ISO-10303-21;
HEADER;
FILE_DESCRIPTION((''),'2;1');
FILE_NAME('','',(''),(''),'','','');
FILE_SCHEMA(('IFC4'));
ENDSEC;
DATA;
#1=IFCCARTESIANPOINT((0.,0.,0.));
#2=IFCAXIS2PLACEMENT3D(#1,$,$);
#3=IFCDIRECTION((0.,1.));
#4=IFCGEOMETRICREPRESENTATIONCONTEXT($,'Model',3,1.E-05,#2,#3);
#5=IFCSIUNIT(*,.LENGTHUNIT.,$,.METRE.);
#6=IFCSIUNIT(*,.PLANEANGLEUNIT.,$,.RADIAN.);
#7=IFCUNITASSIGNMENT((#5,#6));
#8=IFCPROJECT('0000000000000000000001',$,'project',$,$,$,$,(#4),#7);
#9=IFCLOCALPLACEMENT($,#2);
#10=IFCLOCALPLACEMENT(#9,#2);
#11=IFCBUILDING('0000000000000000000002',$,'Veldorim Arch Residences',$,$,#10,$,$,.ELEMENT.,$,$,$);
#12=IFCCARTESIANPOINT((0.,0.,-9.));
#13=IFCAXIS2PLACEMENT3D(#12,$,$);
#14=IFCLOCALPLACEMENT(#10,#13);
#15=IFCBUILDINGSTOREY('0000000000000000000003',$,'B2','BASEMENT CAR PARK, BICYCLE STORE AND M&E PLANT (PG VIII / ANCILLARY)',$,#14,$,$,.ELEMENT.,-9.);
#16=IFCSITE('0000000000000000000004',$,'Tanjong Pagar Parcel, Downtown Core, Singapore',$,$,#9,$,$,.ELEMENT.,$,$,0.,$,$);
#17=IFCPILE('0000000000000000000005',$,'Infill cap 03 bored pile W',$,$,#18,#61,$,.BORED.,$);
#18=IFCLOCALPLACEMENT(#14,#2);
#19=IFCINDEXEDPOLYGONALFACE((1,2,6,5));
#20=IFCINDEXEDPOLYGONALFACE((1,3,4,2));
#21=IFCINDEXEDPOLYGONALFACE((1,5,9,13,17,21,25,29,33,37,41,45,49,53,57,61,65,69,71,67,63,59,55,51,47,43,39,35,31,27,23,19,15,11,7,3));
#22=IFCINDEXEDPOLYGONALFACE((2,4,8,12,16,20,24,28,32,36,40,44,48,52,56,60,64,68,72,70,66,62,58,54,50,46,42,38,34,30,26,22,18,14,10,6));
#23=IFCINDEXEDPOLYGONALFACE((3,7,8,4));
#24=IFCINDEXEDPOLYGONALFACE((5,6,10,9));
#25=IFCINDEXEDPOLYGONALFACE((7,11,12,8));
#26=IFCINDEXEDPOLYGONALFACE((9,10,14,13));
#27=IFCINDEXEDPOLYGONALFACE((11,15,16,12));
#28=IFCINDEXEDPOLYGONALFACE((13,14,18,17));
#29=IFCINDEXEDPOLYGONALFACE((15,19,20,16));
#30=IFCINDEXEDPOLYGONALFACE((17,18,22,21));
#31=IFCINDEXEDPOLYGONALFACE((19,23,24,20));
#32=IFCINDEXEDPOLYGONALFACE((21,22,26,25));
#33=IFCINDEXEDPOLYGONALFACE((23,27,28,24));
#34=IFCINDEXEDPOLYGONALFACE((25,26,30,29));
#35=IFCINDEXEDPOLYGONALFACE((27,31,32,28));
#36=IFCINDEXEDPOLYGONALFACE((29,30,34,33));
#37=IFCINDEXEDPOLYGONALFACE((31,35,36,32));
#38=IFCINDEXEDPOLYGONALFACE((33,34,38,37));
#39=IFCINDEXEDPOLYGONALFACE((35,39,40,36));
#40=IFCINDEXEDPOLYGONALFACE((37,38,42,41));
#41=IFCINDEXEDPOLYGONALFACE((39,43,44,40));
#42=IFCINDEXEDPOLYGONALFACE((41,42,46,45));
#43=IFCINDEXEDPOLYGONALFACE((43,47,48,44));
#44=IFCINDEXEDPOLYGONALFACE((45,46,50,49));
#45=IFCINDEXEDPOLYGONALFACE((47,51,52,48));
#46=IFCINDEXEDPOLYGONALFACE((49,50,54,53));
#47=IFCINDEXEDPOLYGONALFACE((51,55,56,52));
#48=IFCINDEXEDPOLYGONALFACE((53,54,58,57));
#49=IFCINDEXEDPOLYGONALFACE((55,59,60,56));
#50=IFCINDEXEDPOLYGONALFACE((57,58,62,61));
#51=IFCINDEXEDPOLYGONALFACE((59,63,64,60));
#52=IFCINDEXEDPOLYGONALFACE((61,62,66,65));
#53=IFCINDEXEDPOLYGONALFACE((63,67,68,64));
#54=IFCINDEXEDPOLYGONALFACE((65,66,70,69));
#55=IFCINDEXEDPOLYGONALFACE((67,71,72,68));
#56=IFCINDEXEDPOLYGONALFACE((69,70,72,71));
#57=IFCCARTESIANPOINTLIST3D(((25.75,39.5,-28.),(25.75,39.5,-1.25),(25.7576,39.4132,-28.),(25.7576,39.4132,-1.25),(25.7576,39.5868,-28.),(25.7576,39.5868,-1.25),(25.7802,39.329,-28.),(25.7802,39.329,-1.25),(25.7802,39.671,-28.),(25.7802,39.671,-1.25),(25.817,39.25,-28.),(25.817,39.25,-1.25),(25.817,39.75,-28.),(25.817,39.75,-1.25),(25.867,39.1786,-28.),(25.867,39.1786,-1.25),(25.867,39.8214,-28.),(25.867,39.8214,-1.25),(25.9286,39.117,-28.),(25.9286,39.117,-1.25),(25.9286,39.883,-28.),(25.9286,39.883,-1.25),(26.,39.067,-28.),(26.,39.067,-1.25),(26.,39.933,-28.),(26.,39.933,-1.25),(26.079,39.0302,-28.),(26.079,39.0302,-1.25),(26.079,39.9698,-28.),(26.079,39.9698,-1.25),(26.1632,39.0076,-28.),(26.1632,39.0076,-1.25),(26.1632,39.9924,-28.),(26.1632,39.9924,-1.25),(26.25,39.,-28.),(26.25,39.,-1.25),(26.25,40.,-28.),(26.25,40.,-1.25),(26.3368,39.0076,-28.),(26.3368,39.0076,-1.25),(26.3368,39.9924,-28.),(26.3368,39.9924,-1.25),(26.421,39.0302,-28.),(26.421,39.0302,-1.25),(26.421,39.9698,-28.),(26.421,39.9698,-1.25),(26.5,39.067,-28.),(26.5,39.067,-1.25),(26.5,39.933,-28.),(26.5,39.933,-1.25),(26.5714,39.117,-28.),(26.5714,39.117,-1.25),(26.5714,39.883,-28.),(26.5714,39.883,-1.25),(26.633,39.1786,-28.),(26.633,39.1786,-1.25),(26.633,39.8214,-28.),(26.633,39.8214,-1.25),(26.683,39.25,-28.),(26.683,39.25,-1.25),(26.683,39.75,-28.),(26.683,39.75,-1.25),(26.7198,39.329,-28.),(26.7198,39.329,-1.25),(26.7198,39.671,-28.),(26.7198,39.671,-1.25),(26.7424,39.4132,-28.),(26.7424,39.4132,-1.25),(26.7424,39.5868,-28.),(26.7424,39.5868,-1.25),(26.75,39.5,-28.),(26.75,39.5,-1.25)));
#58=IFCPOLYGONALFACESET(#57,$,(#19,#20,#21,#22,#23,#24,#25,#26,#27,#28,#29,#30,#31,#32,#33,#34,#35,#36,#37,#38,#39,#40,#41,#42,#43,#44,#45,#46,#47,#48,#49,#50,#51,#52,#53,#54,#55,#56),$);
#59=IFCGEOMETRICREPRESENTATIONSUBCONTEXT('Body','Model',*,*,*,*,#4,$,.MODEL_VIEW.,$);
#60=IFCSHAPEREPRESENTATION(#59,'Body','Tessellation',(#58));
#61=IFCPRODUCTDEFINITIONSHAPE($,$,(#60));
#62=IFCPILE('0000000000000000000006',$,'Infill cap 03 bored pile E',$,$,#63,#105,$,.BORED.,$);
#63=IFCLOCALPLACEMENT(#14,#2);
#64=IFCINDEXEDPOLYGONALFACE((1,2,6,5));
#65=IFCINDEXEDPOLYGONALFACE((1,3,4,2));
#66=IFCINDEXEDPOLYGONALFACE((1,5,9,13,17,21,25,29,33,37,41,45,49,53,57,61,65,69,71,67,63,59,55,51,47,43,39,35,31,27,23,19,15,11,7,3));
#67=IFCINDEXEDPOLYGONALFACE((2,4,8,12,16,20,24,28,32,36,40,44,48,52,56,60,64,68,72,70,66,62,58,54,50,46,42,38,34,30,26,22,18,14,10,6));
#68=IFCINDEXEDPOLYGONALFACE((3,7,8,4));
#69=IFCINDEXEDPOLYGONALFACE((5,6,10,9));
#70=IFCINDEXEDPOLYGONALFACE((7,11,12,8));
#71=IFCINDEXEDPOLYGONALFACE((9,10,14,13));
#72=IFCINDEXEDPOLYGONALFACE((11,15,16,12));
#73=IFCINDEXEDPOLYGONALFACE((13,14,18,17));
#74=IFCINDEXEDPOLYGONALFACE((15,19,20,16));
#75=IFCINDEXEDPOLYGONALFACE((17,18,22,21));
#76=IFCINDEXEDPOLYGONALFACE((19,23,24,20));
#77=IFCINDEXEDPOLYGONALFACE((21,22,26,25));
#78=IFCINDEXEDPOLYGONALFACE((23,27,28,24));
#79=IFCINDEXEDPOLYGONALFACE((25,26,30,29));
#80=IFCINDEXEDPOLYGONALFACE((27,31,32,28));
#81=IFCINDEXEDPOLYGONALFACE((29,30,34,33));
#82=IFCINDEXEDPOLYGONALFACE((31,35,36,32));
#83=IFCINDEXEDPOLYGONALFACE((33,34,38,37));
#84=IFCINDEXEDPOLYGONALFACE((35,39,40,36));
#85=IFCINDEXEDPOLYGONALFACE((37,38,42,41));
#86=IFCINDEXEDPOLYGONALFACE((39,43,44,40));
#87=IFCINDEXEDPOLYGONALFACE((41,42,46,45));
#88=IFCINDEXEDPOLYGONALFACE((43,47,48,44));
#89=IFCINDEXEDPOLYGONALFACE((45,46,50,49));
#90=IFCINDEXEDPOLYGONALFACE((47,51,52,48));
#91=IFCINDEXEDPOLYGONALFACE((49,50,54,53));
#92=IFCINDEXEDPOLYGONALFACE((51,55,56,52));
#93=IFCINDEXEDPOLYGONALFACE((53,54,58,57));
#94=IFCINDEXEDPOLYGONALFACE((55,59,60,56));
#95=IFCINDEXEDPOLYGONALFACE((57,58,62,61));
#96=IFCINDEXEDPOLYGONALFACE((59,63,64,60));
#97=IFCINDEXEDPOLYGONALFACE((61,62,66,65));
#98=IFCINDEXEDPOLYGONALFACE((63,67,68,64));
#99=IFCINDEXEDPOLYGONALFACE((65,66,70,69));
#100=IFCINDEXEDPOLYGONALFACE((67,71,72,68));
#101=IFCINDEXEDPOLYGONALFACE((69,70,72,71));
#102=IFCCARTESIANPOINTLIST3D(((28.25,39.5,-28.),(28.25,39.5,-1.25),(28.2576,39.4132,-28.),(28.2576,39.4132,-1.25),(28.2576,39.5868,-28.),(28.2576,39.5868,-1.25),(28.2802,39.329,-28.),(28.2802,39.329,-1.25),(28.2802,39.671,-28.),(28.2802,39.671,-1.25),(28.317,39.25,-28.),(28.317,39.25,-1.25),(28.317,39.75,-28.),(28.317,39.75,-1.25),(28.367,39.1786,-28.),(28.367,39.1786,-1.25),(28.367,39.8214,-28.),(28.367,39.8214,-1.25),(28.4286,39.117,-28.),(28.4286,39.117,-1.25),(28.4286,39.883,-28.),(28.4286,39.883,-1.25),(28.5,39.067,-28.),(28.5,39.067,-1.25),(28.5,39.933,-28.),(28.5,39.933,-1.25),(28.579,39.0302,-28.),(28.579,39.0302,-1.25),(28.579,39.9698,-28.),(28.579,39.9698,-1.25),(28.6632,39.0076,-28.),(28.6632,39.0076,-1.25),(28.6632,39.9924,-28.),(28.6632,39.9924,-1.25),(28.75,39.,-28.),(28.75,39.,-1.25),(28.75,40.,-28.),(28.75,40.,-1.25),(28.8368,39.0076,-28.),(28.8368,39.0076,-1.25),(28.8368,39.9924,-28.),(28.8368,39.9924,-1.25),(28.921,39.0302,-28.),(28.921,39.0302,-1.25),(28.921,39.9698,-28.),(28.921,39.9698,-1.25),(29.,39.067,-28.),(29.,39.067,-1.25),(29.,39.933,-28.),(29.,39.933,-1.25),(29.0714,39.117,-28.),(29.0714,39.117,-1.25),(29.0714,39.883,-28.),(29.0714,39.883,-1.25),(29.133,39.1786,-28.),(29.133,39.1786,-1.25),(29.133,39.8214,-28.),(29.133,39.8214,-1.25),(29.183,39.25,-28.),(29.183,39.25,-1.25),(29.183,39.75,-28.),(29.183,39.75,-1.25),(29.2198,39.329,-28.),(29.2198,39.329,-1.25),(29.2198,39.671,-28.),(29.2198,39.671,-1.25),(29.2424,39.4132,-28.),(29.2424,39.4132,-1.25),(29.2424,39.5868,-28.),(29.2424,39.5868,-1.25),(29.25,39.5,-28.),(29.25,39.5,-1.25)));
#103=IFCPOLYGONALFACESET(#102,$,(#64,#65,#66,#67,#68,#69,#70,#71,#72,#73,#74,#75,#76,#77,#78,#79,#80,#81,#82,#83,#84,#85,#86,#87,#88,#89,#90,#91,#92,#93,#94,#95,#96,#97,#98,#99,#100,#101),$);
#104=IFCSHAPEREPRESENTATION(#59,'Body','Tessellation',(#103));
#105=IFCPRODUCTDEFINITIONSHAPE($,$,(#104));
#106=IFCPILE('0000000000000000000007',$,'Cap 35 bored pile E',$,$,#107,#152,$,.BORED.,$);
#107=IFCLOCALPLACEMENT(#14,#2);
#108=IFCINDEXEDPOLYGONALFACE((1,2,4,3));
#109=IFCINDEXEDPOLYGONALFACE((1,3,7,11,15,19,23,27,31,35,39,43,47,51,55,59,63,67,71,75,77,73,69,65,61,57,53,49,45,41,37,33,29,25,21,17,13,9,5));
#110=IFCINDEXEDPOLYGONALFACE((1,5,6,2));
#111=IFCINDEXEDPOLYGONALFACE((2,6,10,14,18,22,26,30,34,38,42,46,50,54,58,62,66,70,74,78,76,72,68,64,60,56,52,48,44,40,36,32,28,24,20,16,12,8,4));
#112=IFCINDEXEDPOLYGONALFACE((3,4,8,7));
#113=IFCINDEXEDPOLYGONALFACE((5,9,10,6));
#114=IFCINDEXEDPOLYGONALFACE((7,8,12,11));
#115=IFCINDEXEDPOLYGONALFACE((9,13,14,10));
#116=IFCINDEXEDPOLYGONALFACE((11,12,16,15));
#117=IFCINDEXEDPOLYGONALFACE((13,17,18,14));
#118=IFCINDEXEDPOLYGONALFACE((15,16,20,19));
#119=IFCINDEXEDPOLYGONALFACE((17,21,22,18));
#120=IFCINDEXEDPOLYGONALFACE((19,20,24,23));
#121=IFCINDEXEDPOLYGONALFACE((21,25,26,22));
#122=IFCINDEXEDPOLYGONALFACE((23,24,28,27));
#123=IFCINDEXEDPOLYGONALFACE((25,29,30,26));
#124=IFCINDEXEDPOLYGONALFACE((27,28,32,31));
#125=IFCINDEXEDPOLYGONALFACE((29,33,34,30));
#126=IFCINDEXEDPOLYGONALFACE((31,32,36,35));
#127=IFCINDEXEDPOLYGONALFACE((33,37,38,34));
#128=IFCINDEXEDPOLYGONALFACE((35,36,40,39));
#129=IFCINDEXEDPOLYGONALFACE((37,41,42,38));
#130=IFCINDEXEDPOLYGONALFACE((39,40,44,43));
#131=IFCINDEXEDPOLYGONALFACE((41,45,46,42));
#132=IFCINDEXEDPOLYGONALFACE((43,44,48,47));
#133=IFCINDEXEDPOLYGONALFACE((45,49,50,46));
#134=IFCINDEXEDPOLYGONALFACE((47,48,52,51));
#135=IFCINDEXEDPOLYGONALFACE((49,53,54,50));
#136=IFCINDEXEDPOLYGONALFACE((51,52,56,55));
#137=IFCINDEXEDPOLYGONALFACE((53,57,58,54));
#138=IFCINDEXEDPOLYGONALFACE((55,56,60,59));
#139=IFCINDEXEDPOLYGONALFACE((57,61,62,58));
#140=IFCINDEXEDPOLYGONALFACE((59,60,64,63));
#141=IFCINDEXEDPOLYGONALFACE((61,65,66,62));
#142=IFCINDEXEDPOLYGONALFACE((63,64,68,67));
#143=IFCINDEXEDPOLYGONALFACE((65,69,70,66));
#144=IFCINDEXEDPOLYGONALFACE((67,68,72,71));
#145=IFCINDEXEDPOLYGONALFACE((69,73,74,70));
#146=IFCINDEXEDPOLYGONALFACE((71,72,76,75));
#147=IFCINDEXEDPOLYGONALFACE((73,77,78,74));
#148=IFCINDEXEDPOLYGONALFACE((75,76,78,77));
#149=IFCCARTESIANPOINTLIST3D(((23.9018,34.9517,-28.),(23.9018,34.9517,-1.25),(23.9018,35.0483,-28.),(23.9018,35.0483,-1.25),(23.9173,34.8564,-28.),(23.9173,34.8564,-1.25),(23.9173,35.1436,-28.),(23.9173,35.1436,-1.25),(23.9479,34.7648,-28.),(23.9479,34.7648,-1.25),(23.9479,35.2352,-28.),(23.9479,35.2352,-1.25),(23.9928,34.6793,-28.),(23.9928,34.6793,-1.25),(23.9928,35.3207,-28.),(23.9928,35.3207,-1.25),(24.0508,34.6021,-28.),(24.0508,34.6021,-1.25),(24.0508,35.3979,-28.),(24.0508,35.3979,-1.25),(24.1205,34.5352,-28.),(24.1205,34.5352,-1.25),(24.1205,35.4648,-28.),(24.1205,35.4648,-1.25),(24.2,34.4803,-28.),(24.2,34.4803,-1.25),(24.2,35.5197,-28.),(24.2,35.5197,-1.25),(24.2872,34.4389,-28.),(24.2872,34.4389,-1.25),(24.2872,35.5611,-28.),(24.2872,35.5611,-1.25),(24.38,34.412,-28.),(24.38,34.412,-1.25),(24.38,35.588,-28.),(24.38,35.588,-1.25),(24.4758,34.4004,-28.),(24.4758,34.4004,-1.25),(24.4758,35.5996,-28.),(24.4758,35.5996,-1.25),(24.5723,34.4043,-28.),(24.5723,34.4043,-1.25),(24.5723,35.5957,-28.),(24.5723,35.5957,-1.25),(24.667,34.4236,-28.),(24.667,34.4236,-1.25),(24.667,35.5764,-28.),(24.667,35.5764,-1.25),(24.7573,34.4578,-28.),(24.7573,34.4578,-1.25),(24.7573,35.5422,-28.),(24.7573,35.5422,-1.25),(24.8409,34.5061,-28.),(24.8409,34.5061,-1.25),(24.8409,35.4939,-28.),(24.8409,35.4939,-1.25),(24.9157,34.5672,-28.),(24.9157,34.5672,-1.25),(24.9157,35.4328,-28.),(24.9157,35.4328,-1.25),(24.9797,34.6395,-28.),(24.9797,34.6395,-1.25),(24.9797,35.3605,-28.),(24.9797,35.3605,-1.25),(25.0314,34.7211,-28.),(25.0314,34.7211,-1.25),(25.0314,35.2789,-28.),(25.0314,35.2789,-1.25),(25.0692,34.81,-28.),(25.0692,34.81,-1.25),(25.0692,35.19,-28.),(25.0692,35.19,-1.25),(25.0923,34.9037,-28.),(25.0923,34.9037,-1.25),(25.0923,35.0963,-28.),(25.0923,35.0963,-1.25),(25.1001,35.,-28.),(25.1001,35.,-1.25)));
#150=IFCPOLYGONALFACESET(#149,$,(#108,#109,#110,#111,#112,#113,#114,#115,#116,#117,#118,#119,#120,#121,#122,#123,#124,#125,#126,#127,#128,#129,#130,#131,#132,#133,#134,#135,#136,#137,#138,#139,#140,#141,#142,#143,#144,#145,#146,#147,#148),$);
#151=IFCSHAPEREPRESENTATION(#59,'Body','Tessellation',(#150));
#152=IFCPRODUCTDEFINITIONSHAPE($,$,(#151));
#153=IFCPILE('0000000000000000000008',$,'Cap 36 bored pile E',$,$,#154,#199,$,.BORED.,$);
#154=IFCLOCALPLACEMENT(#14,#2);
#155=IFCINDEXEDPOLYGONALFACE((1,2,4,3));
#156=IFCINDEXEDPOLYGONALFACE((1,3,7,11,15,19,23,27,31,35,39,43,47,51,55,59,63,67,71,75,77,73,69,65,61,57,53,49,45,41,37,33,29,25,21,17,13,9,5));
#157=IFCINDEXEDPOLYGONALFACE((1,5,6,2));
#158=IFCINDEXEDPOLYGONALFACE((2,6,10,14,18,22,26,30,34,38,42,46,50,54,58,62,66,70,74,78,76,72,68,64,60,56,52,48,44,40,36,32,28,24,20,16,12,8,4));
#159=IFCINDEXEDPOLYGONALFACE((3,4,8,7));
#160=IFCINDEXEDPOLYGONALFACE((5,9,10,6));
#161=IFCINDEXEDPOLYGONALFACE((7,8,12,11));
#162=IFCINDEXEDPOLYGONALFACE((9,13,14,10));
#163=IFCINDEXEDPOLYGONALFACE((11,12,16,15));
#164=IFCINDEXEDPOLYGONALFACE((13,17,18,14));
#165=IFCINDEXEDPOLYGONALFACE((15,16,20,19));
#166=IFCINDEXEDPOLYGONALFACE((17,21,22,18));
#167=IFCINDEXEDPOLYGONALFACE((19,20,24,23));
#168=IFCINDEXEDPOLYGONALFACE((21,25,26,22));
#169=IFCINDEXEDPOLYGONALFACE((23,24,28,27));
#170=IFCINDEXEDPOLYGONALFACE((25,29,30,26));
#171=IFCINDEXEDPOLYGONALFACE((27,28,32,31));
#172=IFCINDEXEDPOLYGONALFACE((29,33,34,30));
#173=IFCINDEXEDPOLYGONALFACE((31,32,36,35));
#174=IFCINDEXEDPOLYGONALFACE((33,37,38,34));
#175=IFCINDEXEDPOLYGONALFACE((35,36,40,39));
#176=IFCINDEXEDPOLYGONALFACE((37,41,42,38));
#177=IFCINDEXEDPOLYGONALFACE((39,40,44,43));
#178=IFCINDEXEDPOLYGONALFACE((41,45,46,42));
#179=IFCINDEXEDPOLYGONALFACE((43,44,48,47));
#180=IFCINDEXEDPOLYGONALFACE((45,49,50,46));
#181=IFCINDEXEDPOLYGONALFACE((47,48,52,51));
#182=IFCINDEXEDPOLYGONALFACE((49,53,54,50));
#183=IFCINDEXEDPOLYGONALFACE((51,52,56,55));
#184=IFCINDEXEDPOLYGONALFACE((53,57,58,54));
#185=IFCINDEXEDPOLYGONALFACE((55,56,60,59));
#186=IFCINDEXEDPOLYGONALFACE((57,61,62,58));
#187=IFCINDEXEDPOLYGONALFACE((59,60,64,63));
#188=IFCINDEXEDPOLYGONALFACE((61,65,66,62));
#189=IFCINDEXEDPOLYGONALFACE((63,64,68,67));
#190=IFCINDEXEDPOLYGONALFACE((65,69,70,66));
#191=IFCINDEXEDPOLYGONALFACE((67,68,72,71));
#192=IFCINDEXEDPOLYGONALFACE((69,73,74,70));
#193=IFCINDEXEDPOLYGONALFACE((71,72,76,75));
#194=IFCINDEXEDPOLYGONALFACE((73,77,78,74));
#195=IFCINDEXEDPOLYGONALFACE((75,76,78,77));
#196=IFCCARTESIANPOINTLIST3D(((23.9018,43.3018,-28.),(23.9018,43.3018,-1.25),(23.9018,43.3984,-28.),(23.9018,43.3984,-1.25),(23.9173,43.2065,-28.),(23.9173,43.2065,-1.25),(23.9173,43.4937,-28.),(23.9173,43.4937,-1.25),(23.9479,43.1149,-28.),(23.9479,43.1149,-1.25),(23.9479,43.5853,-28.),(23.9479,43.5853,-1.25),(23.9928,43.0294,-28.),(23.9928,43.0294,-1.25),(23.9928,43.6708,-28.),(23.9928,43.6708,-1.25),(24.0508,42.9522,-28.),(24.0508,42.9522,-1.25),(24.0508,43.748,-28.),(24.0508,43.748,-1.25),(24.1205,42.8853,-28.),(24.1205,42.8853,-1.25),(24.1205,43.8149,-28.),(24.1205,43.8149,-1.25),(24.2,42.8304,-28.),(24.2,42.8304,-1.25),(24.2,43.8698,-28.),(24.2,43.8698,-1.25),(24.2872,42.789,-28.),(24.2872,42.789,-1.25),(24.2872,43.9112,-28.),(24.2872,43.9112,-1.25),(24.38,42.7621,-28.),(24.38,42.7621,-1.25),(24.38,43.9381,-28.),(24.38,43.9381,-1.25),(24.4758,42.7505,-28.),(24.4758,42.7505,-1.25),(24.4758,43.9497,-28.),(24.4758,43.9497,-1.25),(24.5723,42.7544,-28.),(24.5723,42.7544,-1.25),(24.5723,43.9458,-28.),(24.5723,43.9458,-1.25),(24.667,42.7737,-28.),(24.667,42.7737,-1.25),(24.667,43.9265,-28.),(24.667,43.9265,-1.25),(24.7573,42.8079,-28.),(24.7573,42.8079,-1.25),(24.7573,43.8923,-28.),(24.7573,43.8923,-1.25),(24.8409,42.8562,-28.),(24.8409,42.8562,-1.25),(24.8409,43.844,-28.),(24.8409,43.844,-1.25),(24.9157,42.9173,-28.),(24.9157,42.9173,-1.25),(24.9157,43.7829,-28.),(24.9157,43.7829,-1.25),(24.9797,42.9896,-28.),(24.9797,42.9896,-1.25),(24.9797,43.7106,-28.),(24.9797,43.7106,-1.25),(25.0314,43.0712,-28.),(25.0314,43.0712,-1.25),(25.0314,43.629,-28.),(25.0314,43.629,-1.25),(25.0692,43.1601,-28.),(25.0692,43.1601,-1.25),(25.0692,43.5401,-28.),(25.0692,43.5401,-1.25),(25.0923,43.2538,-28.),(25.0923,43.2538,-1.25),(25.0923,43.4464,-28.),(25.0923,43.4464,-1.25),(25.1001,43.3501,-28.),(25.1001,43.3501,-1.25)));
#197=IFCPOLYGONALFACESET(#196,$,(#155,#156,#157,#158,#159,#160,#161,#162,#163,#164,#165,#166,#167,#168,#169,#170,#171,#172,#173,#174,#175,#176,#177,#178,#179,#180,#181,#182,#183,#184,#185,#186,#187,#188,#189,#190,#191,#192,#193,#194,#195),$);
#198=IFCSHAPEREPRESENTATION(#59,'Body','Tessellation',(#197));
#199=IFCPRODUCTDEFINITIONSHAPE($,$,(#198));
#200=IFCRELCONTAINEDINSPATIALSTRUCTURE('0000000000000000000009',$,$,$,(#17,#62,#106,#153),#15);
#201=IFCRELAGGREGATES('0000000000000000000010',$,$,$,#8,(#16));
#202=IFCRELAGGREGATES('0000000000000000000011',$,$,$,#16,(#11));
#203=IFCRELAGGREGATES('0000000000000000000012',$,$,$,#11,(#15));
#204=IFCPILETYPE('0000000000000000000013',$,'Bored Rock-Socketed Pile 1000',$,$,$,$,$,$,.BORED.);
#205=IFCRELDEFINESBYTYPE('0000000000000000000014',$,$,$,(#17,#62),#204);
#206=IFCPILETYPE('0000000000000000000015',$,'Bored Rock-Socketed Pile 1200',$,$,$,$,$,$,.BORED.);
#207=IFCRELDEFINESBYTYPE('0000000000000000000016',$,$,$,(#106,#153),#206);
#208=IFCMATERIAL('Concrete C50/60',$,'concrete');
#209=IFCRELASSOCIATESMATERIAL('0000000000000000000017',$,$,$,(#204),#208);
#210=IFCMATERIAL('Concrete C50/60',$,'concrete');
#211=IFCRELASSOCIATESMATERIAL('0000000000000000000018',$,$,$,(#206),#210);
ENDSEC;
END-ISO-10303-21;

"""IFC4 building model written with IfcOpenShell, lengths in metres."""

from ifc_helpers import new_model, si_unit, direction, frame, origin, origin_2d, place, context, subcontext, project, spatial, circle, extrude, material, material_profile, profile_set, type_object, element, save


model = new_model("IFC4")

# Units and contexts
model_context = context("Model", 3, precision=1e-05, world=origin(), true_north=direction((0.0, 1.0)))
body_context = subcontext(model_context, "Body", "Model", "MODEL_VIEW")
ifc_project = project(units=[si_unit("LENGTHUNIT", "METRE"), si_unit("PLANEANGLEUNIT", "RADIAN")], contexts=[model_context])

# Site, building, storey
site_placement = place(None, origin())
site = spatial("IfcSite", under=ifc_project, at=site_placement, Name="Tanjong Pagar Parcel, Downtown Core, Singapore", CompositionType="ELEMENT", RefElevation=0.0)
building_placement = place(site_placement, origin())
building = spatial("IfcBuilding", under=site, at=building_placement, Name="Veldorim Arch Residences", CompositionType="ELEMENT")
storey_placement = place(building_placement, frame((0.0, 0.0, -9.0)))
storey = spatial("IfcBuildingStorey", under=building, at=storey_placement, Name="B2", Description="BASEMENT CAR PARK, BICYCLE STORE AND M&E PLANT (PG VIII / ANCILLARY)", CompositionType="ELEMENT", Elevation=-9.0)

# Piles
ifc_material_1 = material(Name="Concrete C50/60", Category="concrete")
ifc_material_profile_1 = material_profile(ifc_material_1, circle(Radius=0.5, at=origin_2d()), Name="PILE_1000")
ifc_profile_set_1 = profile_set([ifc_material_profile_1], Name="Concrete C50/60")
pile_type_1 = type_object("IfcPileType", Name="Bored Rock-Socketed Pile 1000", PredefinedType="BORED", material=ifc_profile_set_1)
for number, where, z_axis, x_axis, name in (
    (1, (26.25, 39.5, -1.25), (0.0, 0.0, -1.0), (1.0, 0.0, 0.0), "Infill cap 03 bored pile W"),
    (2, (28.75, 39.5, -1.25), (0.0, 0.0, -1.0), (1.0, 0.0, 0.0), "Infill cap 03 bored pile E"),
):
    element("IfcPile", number, at=place(storey_placement, frame(where, z_axis=z_axis, x_axis=x_axis)), inside=storey, type_object=pile_type_1, Name=name, PredefinedType="BORED", context=body_context, shape_type="SweptSolid", body=[
        extrude(circle(Radius=0.5, at=origin_2d()), origin(), (0.0, 0.0, 1.0), 26.75),
    ])
ifc_material_2 = material(Name="Concrete C50/60", Category="concrete")
ifc_material_profile_2 = material_profile(ifc_material_2, circle(Radius=0.6001, at=origin_2d()), Name="PILE_1200")
ifc_profile_set_2 = profile_set([ifc_material_profile_2], Name="Concrete C50/60")
pile_type_2 = type_object("IfcPileType", Name="Bored Rock-Socketed Pile 1200", PredefinedType="BORED", material=ifc_profile_set_2)
for number, where, z_axis, x_axis, name in (
    (3, (24.5, 35.0, -1.25), (0.0, 0.0, -1.0), (1.0, 0.0, 0.0), "Cap 35 bored pile E"),
    (4, (24.5, 43.3501, -1.25), (0.0, 0.0, -1.0), (1.0, 0.0, 0.0), "Cap 36 bored pile E"),
):
    element("IfcPile", number, at=place(storey_placement, frame(where, z_axis=z_axis, x_axis=x_axis)), inside=storey, type_object=pile_type_2, Name=name, PredefinedType="BORED", context=body_context, shape_type="SweptSolid", body=[
        extrude(circle(Radius=0.6001, at=origin_2d()), origin(), (0.0, 0.0, 1.0), 26.75),
    ])

save(model, "model.ifc")
